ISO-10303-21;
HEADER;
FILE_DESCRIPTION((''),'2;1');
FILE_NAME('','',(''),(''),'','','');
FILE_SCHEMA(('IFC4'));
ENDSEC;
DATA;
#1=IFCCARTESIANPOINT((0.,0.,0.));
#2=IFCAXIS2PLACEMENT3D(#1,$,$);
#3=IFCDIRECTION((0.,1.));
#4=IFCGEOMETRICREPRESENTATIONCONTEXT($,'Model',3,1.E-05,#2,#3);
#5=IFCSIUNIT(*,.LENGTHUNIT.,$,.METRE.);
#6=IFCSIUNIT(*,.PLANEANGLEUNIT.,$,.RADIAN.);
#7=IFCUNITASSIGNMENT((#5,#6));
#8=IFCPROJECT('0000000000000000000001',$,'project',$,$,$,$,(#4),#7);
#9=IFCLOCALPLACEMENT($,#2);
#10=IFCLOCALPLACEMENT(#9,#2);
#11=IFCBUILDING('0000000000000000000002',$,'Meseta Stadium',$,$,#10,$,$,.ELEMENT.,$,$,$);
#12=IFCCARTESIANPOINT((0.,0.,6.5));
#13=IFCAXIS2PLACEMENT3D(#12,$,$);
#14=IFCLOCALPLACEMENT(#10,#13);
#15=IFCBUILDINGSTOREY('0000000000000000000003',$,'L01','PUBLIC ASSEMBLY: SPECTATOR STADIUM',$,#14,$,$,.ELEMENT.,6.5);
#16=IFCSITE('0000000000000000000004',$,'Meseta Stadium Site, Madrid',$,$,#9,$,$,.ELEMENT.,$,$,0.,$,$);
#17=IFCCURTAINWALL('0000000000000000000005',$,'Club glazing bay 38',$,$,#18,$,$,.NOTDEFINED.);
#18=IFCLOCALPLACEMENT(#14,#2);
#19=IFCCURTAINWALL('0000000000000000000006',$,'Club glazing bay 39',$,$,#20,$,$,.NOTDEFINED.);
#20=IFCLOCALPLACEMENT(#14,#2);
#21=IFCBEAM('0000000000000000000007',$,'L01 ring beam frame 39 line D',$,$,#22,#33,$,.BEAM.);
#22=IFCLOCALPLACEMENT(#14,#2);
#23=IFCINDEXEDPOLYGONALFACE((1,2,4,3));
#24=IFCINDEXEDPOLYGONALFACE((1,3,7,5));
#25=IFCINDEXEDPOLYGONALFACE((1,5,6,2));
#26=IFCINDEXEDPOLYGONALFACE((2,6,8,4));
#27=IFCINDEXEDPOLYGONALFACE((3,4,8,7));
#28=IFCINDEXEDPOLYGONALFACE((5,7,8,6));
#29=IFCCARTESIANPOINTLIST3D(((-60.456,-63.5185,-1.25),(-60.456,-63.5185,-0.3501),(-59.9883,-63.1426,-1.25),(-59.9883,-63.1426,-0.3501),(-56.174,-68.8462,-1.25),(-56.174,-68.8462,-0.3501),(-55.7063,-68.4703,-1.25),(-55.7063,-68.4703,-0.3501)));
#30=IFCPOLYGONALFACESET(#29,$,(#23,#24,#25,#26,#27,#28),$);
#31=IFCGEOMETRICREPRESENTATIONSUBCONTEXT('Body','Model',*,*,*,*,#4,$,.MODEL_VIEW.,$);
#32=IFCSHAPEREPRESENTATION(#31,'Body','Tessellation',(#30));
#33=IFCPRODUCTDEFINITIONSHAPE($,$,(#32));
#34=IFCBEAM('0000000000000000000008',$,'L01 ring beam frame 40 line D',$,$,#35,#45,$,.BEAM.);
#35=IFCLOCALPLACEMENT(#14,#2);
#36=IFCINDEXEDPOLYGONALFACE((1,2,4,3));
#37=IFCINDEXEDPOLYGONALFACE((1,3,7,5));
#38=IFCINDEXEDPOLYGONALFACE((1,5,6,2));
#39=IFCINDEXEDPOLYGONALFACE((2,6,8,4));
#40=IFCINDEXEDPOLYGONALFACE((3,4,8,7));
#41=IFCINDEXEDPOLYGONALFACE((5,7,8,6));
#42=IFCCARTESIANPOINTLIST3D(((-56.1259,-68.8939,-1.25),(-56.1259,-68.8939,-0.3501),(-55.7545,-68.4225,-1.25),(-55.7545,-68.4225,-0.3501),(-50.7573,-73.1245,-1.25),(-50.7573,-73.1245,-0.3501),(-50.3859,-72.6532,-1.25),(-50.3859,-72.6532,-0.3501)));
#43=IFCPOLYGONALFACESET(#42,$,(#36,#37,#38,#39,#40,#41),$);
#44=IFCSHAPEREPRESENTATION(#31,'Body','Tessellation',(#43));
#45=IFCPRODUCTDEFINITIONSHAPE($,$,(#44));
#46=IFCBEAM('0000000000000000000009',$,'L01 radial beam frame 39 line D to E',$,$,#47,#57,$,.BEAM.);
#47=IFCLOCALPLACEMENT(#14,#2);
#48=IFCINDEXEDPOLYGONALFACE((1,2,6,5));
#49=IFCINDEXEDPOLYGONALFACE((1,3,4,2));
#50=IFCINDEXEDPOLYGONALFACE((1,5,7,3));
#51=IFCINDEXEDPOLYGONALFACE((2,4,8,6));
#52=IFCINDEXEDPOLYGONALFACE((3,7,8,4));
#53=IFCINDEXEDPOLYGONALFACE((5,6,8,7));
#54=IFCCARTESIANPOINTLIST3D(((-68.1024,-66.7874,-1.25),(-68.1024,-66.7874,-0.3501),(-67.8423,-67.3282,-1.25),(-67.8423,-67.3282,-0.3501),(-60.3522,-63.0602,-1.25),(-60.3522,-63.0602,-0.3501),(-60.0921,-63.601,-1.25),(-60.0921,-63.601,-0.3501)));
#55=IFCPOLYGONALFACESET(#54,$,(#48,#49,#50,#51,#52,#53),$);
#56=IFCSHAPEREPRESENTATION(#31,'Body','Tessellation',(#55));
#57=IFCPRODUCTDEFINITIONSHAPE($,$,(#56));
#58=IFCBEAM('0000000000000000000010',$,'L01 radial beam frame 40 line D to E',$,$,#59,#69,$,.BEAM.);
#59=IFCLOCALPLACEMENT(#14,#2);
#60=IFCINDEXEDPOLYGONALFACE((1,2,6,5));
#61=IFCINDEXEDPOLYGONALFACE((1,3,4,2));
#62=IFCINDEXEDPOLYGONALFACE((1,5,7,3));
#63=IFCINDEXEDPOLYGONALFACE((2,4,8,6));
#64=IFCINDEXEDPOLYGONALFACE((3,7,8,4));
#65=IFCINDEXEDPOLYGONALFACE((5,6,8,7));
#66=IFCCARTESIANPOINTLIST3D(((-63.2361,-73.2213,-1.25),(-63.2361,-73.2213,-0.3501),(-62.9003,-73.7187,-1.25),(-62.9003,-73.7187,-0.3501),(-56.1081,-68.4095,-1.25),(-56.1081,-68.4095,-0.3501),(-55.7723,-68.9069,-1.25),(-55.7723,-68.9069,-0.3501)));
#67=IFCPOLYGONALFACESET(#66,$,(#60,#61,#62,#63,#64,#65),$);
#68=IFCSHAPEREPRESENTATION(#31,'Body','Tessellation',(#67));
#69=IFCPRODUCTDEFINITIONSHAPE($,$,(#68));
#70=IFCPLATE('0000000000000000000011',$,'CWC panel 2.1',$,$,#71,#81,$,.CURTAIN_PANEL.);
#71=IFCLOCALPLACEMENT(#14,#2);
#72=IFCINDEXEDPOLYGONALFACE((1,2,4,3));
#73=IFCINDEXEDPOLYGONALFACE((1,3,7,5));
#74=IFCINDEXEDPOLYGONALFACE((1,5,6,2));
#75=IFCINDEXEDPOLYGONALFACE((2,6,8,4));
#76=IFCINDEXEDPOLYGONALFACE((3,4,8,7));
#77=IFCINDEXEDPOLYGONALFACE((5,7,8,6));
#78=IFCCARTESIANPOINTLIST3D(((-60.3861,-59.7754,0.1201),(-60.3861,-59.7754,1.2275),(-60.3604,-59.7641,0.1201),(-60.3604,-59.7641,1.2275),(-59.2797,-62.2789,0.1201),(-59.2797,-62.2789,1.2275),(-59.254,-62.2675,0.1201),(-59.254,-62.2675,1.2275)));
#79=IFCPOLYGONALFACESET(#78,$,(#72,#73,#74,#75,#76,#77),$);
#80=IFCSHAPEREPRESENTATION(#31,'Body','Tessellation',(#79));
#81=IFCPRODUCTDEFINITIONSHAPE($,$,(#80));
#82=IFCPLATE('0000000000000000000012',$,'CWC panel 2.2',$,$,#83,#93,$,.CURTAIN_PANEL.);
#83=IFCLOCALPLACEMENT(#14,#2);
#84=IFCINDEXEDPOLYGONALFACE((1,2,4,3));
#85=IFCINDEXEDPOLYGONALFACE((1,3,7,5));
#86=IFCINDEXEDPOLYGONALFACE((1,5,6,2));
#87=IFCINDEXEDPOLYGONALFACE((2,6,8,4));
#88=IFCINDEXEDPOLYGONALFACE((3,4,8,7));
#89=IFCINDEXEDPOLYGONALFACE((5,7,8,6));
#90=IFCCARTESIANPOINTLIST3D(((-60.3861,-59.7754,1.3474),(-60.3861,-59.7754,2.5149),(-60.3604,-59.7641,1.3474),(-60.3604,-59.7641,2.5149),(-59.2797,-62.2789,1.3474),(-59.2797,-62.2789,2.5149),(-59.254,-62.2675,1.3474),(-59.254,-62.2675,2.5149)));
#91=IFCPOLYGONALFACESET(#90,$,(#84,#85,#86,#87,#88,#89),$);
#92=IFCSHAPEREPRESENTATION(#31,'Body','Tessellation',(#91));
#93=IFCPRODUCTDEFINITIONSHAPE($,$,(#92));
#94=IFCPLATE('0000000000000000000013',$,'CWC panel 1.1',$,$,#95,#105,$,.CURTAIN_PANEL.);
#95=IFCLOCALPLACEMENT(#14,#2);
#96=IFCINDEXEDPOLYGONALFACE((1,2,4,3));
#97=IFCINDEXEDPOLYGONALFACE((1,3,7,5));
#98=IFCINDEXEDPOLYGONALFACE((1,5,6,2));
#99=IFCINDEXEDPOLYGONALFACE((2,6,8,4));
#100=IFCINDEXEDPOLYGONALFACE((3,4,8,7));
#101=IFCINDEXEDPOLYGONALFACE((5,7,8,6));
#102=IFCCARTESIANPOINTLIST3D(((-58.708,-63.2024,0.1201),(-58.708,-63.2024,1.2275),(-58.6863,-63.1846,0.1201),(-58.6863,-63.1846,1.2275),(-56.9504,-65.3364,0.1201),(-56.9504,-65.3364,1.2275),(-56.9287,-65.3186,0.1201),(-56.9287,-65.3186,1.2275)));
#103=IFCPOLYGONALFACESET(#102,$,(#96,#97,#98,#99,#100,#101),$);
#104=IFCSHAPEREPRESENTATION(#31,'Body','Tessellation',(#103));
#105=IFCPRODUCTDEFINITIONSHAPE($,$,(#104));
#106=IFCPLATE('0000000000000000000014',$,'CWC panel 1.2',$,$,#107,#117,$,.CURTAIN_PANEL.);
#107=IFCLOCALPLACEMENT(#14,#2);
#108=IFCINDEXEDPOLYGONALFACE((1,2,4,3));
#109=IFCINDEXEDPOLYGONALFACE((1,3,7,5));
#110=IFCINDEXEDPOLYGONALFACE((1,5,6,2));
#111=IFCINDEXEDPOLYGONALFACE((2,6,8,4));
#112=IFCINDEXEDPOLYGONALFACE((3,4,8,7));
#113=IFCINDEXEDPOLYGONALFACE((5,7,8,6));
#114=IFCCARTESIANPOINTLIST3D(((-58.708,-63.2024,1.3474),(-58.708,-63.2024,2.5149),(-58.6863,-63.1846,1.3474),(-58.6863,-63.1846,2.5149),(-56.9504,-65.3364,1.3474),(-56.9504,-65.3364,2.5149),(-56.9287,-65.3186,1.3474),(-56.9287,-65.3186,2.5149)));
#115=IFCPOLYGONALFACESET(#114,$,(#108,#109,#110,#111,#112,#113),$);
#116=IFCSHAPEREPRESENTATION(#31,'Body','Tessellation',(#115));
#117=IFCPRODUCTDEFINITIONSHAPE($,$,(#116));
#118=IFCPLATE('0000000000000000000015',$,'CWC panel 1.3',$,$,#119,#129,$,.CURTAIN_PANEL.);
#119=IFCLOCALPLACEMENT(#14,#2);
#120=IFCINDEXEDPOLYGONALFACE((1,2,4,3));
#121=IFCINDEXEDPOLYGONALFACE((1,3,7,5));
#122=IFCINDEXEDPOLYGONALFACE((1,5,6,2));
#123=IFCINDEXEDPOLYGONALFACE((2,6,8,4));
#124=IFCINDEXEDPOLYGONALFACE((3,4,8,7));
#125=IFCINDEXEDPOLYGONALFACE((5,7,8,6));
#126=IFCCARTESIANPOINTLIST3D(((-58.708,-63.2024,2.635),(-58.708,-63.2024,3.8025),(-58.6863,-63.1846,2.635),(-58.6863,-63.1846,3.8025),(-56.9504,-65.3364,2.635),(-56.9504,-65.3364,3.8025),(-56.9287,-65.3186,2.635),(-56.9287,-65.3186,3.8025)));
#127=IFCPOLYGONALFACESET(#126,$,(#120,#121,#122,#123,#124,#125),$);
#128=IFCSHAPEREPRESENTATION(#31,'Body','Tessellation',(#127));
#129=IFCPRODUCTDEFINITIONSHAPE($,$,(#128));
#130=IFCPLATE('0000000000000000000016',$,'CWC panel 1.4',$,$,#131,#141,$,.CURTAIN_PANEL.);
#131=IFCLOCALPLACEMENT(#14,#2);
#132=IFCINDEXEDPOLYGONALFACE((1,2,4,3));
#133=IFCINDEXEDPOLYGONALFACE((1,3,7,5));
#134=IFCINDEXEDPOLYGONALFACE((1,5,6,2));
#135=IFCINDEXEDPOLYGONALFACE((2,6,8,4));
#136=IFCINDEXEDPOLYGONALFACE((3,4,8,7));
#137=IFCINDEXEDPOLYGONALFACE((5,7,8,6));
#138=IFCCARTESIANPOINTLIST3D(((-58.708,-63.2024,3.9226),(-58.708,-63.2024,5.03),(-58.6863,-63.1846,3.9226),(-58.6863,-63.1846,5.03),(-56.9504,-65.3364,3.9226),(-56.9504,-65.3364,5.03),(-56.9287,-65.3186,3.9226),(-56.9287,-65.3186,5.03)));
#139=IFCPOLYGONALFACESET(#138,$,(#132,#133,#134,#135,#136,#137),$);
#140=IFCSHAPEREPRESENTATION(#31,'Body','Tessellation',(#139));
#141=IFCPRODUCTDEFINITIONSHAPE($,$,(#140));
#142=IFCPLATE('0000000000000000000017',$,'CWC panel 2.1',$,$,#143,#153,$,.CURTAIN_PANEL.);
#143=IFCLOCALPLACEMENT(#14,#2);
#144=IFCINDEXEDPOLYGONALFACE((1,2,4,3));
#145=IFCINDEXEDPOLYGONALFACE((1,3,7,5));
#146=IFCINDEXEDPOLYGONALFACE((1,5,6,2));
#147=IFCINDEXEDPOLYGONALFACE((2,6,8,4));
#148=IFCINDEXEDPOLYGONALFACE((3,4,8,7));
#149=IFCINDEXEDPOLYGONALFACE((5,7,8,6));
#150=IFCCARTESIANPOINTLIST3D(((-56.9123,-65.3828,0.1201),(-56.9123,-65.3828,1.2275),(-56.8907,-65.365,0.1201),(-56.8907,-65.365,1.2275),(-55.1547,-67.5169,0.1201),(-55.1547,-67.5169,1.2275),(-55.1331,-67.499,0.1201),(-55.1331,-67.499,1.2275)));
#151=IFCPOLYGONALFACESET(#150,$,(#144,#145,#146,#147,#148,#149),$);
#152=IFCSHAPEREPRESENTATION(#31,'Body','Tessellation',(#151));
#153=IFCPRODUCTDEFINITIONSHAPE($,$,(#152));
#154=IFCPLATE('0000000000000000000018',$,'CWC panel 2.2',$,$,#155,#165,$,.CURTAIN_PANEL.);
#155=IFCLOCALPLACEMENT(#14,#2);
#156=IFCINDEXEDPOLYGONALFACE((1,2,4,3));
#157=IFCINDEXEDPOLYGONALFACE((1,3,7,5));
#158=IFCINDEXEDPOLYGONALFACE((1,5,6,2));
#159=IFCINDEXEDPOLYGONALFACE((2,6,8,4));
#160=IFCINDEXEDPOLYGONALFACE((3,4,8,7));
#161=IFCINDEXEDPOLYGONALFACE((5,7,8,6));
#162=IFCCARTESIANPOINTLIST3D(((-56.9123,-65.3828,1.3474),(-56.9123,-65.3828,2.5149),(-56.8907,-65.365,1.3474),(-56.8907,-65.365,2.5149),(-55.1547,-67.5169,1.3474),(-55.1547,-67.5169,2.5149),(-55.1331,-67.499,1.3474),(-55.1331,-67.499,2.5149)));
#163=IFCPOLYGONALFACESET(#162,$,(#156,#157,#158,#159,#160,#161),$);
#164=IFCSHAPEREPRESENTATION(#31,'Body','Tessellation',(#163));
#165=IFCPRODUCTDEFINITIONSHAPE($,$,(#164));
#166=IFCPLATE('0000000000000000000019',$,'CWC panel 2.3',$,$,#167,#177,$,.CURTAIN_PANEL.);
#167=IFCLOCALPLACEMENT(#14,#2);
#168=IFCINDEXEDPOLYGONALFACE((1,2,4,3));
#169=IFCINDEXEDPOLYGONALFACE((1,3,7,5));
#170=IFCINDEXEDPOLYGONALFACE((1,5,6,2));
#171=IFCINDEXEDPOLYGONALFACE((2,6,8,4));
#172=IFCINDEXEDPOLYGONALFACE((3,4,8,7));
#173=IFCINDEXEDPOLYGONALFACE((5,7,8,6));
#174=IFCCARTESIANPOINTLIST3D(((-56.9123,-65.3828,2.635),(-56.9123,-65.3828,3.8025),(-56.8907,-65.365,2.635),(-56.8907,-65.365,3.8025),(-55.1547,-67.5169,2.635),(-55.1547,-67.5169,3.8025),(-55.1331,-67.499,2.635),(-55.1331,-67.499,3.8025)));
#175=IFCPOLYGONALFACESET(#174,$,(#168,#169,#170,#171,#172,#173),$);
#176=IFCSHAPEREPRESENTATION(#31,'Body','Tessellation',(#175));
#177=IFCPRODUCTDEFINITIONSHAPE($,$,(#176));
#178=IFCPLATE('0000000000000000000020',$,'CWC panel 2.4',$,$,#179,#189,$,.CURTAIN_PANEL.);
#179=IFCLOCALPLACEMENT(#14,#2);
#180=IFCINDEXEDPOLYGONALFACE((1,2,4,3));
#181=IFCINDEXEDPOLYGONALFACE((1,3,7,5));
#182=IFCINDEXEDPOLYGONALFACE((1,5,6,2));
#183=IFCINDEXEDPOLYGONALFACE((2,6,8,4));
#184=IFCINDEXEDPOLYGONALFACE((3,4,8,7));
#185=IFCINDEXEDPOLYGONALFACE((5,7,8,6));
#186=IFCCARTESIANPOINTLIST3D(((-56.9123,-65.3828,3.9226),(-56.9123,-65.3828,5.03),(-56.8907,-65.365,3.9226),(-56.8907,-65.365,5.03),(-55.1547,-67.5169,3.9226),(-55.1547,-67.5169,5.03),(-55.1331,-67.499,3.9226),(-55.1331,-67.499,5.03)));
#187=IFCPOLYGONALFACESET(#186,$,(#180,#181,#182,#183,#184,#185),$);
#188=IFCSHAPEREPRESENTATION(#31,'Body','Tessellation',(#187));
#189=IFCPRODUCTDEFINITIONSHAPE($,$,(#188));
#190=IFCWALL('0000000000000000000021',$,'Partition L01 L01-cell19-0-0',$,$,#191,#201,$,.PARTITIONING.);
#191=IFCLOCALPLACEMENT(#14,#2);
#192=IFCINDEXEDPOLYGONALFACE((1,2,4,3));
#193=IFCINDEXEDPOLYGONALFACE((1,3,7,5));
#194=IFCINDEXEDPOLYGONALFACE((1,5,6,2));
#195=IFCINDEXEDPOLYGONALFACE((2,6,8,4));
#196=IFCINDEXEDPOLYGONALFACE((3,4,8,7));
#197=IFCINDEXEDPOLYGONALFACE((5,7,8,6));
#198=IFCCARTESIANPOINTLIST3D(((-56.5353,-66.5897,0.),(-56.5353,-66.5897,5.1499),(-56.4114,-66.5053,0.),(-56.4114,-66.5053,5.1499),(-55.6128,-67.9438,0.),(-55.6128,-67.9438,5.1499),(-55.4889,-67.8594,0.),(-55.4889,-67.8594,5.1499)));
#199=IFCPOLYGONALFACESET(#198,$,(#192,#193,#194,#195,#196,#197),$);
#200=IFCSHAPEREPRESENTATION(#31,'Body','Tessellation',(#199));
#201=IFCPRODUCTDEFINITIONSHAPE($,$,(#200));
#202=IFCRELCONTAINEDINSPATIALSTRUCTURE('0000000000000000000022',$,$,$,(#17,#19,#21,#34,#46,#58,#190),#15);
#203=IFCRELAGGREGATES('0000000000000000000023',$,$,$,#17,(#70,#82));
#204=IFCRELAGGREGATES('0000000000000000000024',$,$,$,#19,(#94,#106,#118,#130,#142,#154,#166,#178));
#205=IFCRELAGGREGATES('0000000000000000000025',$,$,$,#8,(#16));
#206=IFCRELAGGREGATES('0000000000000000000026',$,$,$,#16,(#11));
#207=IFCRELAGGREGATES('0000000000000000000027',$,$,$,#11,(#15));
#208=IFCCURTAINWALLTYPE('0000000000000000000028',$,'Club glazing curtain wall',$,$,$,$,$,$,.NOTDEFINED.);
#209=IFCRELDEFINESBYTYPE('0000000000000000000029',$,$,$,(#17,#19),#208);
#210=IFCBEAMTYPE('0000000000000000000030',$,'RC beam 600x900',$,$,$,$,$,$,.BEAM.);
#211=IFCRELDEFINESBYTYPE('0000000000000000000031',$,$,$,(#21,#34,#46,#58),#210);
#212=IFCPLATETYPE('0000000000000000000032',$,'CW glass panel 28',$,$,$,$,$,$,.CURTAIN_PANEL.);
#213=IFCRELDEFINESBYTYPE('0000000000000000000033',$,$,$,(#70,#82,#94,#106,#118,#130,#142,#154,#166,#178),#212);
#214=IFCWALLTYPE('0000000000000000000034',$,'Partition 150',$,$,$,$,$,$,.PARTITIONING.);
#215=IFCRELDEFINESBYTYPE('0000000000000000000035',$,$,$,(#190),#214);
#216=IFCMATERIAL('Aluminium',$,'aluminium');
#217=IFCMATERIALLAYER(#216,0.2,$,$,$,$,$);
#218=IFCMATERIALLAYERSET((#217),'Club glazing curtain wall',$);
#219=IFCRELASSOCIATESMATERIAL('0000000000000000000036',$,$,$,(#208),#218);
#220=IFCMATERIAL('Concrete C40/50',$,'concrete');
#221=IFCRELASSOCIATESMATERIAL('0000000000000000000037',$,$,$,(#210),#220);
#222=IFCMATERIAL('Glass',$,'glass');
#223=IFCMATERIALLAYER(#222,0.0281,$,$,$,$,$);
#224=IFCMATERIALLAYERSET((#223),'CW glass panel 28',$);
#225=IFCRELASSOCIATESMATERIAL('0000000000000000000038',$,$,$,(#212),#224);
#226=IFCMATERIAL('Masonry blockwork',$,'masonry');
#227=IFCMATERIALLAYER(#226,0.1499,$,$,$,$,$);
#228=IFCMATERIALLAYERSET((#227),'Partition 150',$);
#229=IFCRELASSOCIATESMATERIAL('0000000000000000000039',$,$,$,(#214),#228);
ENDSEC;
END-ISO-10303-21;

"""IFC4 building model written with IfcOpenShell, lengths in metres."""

from ifc_helpers import new_model, si_unit, direction, frame, frame_2d, origin, origin_2d, place, context, subcontext, project, spatial, rectangle, extrude, material, layer, layer_set, material_profile, profile_set, type_object, element, aggregate, save


model = new_model("IFC4")

# Units and contexts
model_context = context("Model", 3, precision=1e-05, world=origin(), true_north=direction((0.0, 1.0)))
body_context = subcontext(model_context, "Body", "Model", "MODEL_VIEW")
ifc_project = project(units=[si_unit("LENGTHUNIT", "METRE"), si_unit("PLANEANGLEUNIT", "RADIAN")], contexts=[model_context])

# Site, building, storey
site_placement = place(None, origin())
site = spatial("IfcSite", under=ifc_project, at=site_placement, Name="Meseta Stadium Site, Madrid", CompositionType="ELEMENT", RefElevation=0.0)
building_placement = place(site_placement, origin())
building = spatial("IfcBuilding", under=site, at=building_placement, Name="Meseta Stadium", CompositionType="ELEMENT")
storey_placement = place(building_placement, frame((0.0, 0.0, 6.5)))
storey = spatial("IfcBuildingStorey", under=building, at=storey_placement, Name="L01", Description="PUBLIC ASSEMBLY: SPECTATOR STADIUM", CompositionType="ELEMENT", Elevation=6.5)

# Curtain wall
ifc_material_1 = material(Name="Aluminium", Category="aluminium")
ifc_layer_1 = layer(ifc_material_1, 0.2)
ifc_layer_set_1 = layer_set([ifc_layer_1], Name="Club glazing curtain wall")
curtain_wall_type = type_object("IfcCurtainWallType", Name="Club glazing curtain wall", PredefinedType="NOTDEFINED", material=ifc_layer_set_1)
curtain_wall_1_placement = place(storey_placement, origin())
curtain_wall_1 = element("IfcCurtainWall", 1, at=curtain_wall_1_placement, inside=storey, type_object=curtain_wall_type, Name="Club glazing bay 38", PredefinedType="NOTDEFINED")

# Curtain wall
curtain_wall_2_placement = place(storey_placement, origin())
curtain_wall_2 = element("IfcCurtainWall", 2, at=curtain_wall_2_placement, inside=storey, type_object=curtain_wall_type, Name="Club glazing bay 39", PredefinedType="NOTDEFINED")

# Beams
ifc_material_2 = material(Name="Concrete C40/50", Category="concrete")
ifc_material_profile_1 = material_profile(ifc_material_2, rectangle(XDim=0.6001, YDim=0.8999, at=origin_2d()), Name="RC 600x900")
ifc_profile_set_1 = profile_set([ifc_material_profile_1], Name="Concrete C40/50")
beam_type_1 = type_object("IfcBeamType", Name="RC beam 600x900", PredefinedType="BEAM", material=ifc_profile_set_1)
for number, where, z_axis, x_axis, name in (
    (3, (-60.2222, -63.3306, -0.8), (0.626466, -0.779449, 0.0), (0.779449, 0.626466, 0.0), "L01 ring beam frame 39 line D"),
    (4, (-55.9402, -68.6582, -0.8), (0.78543, -0.61895, 0.0), (0.61895, 0.78543, 0.0), "L01 ring beam frame 40 line D"),
):
    element("IfcBeam", number, at=place(storey_placement, frame(where, z_axis=z_axis, x_axis=x_axis)), inside=storey, type_object=beam_type_1, Name=name, PredefinedType="BEAM", context=body_context, shape_type="SweptSolid", body=[
        extrude(rectangle(XDim=0.6001, YDim=0.8999, at=origin_2d()), origin(), (0.0, 0.0, 1.0), 6.8352),
    ])
beam_1_placement = place(storey_placement, frame((-60.2222, -63.3306, -0.8), z_axis=(-0.901197, -0.433409, 0.0), x_axis=(0.433409, -0.901197, 0.0)))
element("IfcBeam", 5, at=beam_1_placement, inside=storey, type_object=beam_type_1, Name="L01 radial beam frame 39 line D to E", PredefinedType="BEAM", context=body_context, shape_type="SweptSolid", body=[
    extrude(rectangle(XDim=0.6001, YDim=0.8999, at=origin_2d()), origin(), (0.0, 0.0, 1.0), 8.5999),
])
beam_2_placement = place(storey_placement, frame((-55.9402, -68.6582, -0.8), z_axis=(-0.828826, -0.559506, 0.0), x_axis=(0.559506, -0.828826, 0.0)))
element("IfcBeam", 6, at=beam_2_placement, inside=storey, type_object=beam_type_1, Name="L01 radial beam frame 40 line D to E", PredefinedType="BEAM", context=body_context, shape_type="SweptSolid", body=[
    extrude(rectangle(XDim=0.6001, YDim=0.8999, at=origin_2d()), origin(), (0.0, 0.0, 1.0), 8.6001),
])

# Plates
ifc_material_3 = material(Name="Glass", Category="glass")
ifc_layer_2 = layer(ifc_material_3, 0.0281)
ifc_layer_set_2 = layer_set([ifc_layer_2], Name="CW glass panel 28")
plate_type = type_object("IfcPlateType", Name="CW glass panel 28", PredefinedType="CURTAIN_PANEL", material=ifc_layer_set_2)
plate_1_placement = place(storey_placement, frame((-59.8201, -61.0215, 0.1201), z_axis=(0.0, 0.0, 1.0), x_axis=(0.40423, -0.914657, 0.0)))
plate_1 = element("IfcPlate", 7, at=plate_1_placement, type_object=plate_type, Name="CWC panel 2.1", PredefinedType="CURTAIN_PANEL", context=body_context, shape_type="SweptSolid", body=[
    extrude(rectangle(XDim=2.7371, YDim=0.0281, at=origin_2d()), origin(), (0.0, 0.0, 1.0), 1.1074),
])
plate_2_placement = place(storey_placement, frame((-59.8201, -61.0215, 1.3474), z_axis=(0.0, 0.0, 1.0), x_axis=(0.40423, -0.914657, 0.0)))
plate_2 = element("IfcPlate", 8, at=plate_2_placement, type_object=plate_type, Name="CWC panel 2.2", PredefinedType="CURTAIN_PANEL", context=body_context, shape_type="SweptSolid", body=[
    extrude(rectangle(XDim=2.7371, YDim=0.0281, at=origin_2d()), origin(), (0.0, 0.0, 1.0), 1.1675),
])
aggregate(curtain_wall_1, [plate_1, plate_2])
plate_3_placement = place(storey_placement, frame((-57.8184, -64.2605, 0.1201), z_axis=(0.0, 0.0, 1.0), x_axis=(0.635741, -0.771902, 0.0)))
plate_3 = element("IfcPlate", 9, at=plate_3_placement, type_object=plate_type, Name="CWC panel 1.1", PredefinedType="CURTAIN_PANEL", context=body_context, shape_type="SweptSolid", body=[
    extrude(rectangle(XDim=2.7646, YDim=0.0281, at=origin_2d()), origin(), (0.0, 0.0, 1.0), 1.1074),
])
plate_4_placement = place(storey_placement, frame((-57.8184, -64.2605, 1.3474), z_axis=(0.0, 0.0, 1.0), x_axis=(0.635741, -0.771902, 0.0)))
plate_4 = element("IfcPlate", 10, at=plate_4_placement, type_object=plate_type, Name="CWC panel 1.2", PredefinedType="CURTAIN_PANEL", context=body_context, shape_type="SweptSolid", body=[
    extrude(rectangle(XDim=2.7646, YDim=0.0281, at=origin_2d()), origin(), (0.0, 0.0, 1.0), 1.1675),
])
plate_5_placement = place(storey_placement, frame((-57.8184, -64.2605, 2.635), z_axis=(0.0, 0.0, 1.0), x_axis=(0.635741, -0.771902, 0.0)))
plate_5 = element("IfcPlate", 11, at=plate_5_placement, type_object=plate_type, Name="CWC panel 1.3", PredefinedType="CURTAIN_PANEL", context=body_context, shape_type="SweptSolid", body=[
    extrude(rectangle(XDim=2.7646, YDim=0.0281, at=origin_2d()), origin(), (0.0, 0.0, 1.0), 1.1675),
])
plate_6_placement = place(storey_placement, frame((-57.8184, -64.2605, 3.9226), z_axis=(0.0, 0.0, 1.0), x_axis=(0.635741, -0.771902, 0.0)))
plate_6 = element("IfcPlate", 12, at=plate_6_placement, type_object=plate_type, Name="CWC panel 1.4", PredefinedType="CURTAIN_PANEL", context=body_context, shape_type="SweptSolid", body=[
    extrude(rectangle(XDim=2.7646, YDim=0.0281, at=origin_2d()), origin(), (0.0, 0.0, 1.0), 1.1074),
])
plate_7_placement = place(storey_placement, frame((-56.0227, -66.4409, 0.1201), z_axis=(0.0, 0.0, 1.0), x_axis=(0.635741, -0.771902, 0.0)))
plate_7 = element("IfcPlate", 13, at=plate_7_placement, type_object=plate_type, Name="CWC panel 2.1", PredefinedType="CURTAIN_PANEL", context=body_context, shape_type="SweptSolid", body=[
    extrude(rectangle(XDim=2.7646, YDim=0.0281, at=origin_2d()), origin(), (0.0, 0.0, 1.0), 1.1074),
])
plate_8_placement = place(storey_placement, frame((-56.0227, -66.4409, 1.3474), z_axis=(0.0, 0.0, 1.0), x_axis=(0.635741, -0.771902, 0.0)))
plate_8 = element("IfcPlate", 14, at=plate_8_placement, type_object=plate_type, Name="CWC panel 2.2", PredefinedType="CURTAIN_PANEL", context=body_context, shape_type="SweptSolid", body=[
    extrude(rectangle(XDim=2.7646, YDim=0.0281, at=origin_2d()), origin(), (0.0, 0.0, 1.0), 1.1675),
])
plate_9_placement = place(storey_placement, frame((-56.0227, -66.4409, 2.635), z_axis=(0.0, 0.0, 1.0), x_axis=(0.635741, -0.771902, 0.0)))
plate_9 = element("IfcPlate", 15, at=plate_9_placement, type_object=plate_type, Name="CWC panel 2.3", PredefinedType="CURTAIN_PANEL", context=body_context, shape_type="SweptSolid", body=[
    extrude(rectangle(XDim=2.7646, YDim=0.0281, at=origin_2d()), origin(), (0.0, 0.0, 1.0), 1.1675),
])
plate_10_placement = place(storey_placement, frame((-56.0227, -66.4409, 3.9226), z_axis=(0.0, 0.0, 1.0), x_axis=(0.635741, -0.771902, 0.0)))
plate_10 = element("IfcPlate", 16, at=plate_10_placement, type_object=plate_type, Name="CWC panel 2.4", PredefinedType="CURTAIN_PANEL", context=body_context, shape_type="SweptSolid", body=[
    extrude(rectangle(XDim=2.7646, YDim=0.0281, at=origin_2d()), origin(), (0.0, 0.0, 1.0), 1.1074),
])
aggregate(curtain_wall_2, [plate_3, plate_4, plate_5, plate_6, plate_7, plate_8, plate_9, plate_10])

# Wall
ifc_material_4 = material(Name="Masonry blockwork", Category="masonry")
ifc_layer_3 = layer(ifc_material_4, 0.1499)
ifc_layer_set_3 = layer_set([ifc_layer_3], Name="Partition 150")
wall_type = type_object("IfcWallType", Name="Partition 150", PredefinedType="PARTITIONING", material=ifc_layer_set_3)
wall_placement = place(storey_placement, frame((-56.4734, -66.5474, 0.0), z_axis=(0.0, 0.0, 1.0), x_axis=(0.562995, -0.826461, 0.0)))
element("IfcWall", 17, at=wall_placement, inside=storey, type_object=wall_type, Name="Partition L01 L01-cell19-0-0", PredefinedType="PARTITIONING", context=body_context, shape_type="SweptSolid", body=[
    extrude(rectangle(XDim=1.6384, YDim=0.1499, at=frame_2d((0.8193, 0.0))), origin(), (0.0, 0.0, 1.0), 5.1499),
])

save(model, "model.ifc")
